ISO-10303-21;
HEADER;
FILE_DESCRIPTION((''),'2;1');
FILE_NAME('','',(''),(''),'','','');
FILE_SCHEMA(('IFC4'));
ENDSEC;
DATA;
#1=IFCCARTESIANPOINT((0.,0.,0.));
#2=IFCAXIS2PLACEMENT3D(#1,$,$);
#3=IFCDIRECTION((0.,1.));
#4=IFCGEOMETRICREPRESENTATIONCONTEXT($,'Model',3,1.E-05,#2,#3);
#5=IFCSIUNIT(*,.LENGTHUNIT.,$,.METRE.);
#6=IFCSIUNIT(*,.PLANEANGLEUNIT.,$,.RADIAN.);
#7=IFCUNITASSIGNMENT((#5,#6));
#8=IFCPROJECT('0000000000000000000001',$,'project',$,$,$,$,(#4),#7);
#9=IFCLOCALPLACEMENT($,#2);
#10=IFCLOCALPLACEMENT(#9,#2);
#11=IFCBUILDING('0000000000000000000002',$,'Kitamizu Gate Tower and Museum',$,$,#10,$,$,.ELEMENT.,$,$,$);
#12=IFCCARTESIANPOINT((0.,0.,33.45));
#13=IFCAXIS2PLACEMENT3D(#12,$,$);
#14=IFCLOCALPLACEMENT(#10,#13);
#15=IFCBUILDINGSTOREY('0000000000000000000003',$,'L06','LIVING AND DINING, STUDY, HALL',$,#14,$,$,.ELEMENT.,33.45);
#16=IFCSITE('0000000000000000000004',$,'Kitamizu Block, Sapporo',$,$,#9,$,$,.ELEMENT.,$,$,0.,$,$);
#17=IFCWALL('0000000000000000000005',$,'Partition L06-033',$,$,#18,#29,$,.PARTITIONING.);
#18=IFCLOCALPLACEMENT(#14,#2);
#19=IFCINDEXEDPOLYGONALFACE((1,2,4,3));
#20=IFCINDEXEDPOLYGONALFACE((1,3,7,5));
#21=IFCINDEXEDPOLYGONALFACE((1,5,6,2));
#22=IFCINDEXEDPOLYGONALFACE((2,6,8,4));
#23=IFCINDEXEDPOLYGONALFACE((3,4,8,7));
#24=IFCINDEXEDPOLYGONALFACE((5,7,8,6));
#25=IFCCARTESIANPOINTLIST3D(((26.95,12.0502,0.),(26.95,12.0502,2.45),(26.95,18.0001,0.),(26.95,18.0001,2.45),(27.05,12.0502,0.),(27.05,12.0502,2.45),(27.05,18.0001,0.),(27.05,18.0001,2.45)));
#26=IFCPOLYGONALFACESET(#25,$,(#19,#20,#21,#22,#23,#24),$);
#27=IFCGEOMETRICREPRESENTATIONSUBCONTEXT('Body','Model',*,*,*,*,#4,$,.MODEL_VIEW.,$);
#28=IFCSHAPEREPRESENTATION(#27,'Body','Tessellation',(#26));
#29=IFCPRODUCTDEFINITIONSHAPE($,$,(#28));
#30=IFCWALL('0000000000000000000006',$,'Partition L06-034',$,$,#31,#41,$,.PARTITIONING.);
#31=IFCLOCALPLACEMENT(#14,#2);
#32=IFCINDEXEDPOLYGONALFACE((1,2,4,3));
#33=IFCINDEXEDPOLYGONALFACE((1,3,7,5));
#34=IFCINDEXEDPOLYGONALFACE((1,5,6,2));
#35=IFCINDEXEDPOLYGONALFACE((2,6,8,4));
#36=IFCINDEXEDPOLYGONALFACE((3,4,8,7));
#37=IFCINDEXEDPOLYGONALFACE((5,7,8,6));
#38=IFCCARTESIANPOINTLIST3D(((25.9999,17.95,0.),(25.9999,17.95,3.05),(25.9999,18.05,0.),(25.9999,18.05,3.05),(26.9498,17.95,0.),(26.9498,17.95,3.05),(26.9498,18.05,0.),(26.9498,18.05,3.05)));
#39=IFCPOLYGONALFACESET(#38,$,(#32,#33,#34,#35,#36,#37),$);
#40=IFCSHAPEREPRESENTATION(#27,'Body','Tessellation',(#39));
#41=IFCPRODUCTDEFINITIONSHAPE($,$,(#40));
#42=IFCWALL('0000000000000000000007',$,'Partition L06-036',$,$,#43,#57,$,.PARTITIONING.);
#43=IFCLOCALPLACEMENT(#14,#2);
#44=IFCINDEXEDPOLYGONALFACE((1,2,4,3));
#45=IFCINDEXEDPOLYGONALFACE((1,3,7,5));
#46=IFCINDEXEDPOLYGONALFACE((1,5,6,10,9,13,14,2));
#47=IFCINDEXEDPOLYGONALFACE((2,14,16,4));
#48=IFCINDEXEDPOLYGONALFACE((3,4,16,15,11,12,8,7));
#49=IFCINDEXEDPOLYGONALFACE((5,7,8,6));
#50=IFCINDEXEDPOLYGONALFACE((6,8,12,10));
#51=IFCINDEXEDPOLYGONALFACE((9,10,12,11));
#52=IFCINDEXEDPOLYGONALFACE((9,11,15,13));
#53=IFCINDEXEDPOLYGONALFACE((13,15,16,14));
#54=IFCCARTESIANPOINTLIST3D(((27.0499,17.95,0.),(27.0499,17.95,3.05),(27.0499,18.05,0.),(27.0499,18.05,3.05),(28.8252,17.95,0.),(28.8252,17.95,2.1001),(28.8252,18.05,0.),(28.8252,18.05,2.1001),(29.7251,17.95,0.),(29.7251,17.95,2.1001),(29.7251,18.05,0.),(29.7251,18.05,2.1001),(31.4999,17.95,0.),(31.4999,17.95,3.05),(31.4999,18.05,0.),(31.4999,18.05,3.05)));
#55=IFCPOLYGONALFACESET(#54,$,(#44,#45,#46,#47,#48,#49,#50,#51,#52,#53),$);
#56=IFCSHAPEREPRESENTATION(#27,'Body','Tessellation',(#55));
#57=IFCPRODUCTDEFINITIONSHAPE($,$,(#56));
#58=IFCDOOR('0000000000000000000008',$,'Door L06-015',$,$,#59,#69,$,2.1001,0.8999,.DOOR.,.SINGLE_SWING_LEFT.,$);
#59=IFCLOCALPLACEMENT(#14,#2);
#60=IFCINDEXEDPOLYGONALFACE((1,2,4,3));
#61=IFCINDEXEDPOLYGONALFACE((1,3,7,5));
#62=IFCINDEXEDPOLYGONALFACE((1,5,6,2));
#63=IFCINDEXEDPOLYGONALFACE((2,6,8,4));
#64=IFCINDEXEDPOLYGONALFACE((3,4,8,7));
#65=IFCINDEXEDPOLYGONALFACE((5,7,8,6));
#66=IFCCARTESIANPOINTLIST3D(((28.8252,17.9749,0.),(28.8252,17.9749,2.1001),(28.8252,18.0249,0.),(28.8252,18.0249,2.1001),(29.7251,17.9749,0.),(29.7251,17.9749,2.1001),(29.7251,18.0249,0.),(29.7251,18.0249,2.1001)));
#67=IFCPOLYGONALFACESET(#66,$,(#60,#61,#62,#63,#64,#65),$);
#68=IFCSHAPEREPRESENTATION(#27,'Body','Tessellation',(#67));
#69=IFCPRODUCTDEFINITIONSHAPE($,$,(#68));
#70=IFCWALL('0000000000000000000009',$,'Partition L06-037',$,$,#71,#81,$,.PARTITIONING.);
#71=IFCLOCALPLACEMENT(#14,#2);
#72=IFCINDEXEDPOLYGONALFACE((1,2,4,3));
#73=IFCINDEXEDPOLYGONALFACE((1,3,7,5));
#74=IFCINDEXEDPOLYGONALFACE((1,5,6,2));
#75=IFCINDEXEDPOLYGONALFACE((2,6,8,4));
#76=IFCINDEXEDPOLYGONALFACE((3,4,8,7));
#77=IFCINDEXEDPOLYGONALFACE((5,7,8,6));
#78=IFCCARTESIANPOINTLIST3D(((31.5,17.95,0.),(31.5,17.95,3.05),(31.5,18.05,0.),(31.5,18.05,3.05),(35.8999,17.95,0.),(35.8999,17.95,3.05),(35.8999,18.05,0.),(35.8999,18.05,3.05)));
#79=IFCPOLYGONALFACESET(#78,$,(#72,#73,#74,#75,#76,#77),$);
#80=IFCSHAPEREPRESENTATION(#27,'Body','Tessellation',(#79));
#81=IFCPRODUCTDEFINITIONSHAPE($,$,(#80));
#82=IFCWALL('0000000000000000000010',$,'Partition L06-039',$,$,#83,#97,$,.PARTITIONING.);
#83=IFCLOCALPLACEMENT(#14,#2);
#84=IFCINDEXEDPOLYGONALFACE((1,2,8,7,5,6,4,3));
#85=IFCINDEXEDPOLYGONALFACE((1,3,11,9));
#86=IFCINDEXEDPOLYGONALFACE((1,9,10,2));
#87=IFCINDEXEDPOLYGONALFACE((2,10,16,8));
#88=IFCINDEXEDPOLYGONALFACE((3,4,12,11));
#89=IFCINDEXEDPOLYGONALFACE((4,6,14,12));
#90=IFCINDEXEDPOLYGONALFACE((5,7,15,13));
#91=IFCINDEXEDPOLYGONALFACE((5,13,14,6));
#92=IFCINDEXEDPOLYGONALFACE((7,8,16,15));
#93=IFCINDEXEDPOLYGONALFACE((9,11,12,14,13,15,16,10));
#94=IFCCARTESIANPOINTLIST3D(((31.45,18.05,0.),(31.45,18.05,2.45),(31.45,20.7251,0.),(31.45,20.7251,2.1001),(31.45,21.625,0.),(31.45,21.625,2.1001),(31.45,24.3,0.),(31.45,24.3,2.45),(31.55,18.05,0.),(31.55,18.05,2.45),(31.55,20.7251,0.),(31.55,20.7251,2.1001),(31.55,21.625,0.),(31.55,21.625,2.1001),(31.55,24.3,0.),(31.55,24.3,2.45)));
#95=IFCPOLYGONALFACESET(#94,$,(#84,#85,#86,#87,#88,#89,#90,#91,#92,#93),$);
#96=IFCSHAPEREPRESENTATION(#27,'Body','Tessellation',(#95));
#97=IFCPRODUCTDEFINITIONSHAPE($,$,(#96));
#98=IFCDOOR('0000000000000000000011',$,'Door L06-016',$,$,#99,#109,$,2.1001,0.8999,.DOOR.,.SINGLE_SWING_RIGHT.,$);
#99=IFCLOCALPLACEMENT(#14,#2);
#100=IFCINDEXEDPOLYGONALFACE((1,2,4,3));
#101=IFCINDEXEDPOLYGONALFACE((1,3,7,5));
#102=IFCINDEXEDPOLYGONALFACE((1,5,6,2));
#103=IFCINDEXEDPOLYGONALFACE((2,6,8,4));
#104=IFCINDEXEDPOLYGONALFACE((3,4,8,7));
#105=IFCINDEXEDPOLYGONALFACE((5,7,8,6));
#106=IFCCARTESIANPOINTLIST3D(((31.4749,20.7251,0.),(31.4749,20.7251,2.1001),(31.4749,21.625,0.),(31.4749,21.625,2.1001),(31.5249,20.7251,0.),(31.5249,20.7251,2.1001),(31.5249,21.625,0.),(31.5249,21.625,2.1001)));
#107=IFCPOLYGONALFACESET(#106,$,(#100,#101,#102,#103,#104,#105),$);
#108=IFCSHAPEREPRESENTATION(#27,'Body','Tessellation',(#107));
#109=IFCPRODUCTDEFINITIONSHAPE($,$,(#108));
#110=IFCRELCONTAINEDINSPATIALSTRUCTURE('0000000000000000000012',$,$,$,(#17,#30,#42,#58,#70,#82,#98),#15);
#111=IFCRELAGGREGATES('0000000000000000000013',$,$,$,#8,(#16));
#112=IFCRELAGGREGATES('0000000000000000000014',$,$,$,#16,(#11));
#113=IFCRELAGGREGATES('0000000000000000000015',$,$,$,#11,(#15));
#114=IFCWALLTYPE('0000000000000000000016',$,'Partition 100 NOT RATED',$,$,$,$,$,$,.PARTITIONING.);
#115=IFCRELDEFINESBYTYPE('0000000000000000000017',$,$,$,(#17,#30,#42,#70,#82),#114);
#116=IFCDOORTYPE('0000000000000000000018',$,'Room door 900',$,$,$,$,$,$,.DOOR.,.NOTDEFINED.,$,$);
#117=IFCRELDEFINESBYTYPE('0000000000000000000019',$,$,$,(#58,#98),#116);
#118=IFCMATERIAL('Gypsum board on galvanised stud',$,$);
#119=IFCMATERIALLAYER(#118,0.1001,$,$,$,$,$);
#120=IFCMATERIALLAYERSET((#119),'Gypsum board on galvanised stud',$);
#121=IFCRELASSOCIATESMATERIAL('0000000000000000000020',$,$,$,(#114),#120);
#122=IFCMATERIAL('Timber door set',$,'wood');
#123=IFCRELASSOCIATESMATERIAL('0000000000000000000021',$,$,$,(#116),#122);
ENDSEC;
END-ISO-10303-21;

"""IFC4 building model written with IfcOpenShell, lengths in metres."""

from ifc_helpers import new_model, si_unit, direction, frame, frame_2d, origin, place, context, subcontext, project, spatial, rectangle, extrude, material, layer, layer_set, type_object, element, fill, save


model = new_model("IFC4")

# Units and contexts
model_context = context("Model", 3, precision=1e-05, world=origin(), true_north=direction((0.0, 1.0)))
body_context = subcontext(model_context, "Body", "Model", "MODEL_VIEW")
ifc_project = project(units=[si_unit("LENGTHUNIT", "METRE"), si_unit("PLANEANGLEUNIT", "RADIAN")], contexts=[model_context])

# Site, building, storey
site_placement = place(None, origin())
site = spatial("IfcSite", under=ifc_project, at=site_placement, Name="Kitamizu Block, Sapporo", CompositionType="ELEMENT", RefElevation=0.0)
building_placement = place(site_placement, origin())
building = spatial("IfcBuilding", under=site, at=building_placement, Name="Kitamizu Gate Tower and Museum", CompositionType="ELEMENT")
storey_placement = place(building_placement, frame((0.0, 0.0, 33.45)))
storey = spatial("IfcBuildingStorey", under=building, at=storey_placement, Name="L06", Description="LIVING AND DINING, STUDY, HALL", CompositionType="ELEMENT", Elevation=33.45)

# Shared definitions
ifc_material_1 = material(Name="Gypsum board on galvanised stud")
ifc_layer = layer(ifc_material_1, 0.1001)
ifc_layer_set = layer_set([ifc_layer], Name="Gypsum board on galvanised stud")
wall_type = type_object("IfcWallType", Name="Partition 100 NOT RATED", PredefinedType="PARTITIONING", material=ifc_layer_set)

# Shared definitions
ifc_material_2 = material(Name="Timber door set", Category="wood")
door_type = type_object("IfcDoorType", Name="Room door 900", OperationType="NOTDEFINED", PredefinedType="DOOR", material=ifc_material_2)

# Walls
wall_1_placement = place(storey_placement, frame((27.0, 12.05, 0.0), z_axis=(0.0, 0.0, 1.0), x_axis=(0.0, 1.0, 0.0)))
element("IfcWall", 1, at=wall_1_placement, inside=storey, type_object=wall_type, Name="Partition L06-033", PredefinedType="PARTITIONING", context=body_context, shape_type="SweptSolid", body=[
    extrude(rectangle(XDim=5.95, YDim=0.1001, at=frame_2d((2.9751, 0.0))), origin(), (0.0, 0.0, 1.0), 2.45),
])
wall_2_placement = place(storey_placement, frame((26.95, 18.0, 0.0), z_axis=(0.0, 0.0, 1.0), x_axis=(-1.0, 0.0, 0.0)))
element("IfcWall", 2, at=wall_2_placement, inside=storey, type_object=wall_type, Name="Partition L06-034", PredefinedType="PARTITIONING", context=body_context, shape_type="SweptSolid", body=[
    extrude(rectangle(XDim=0.95, YDim=0.1001, at=frame_2d((0.4751, 0.0))), origin(), (0.0, 0.0, 1.0), 3.05),
])

# Wall, opening, door
wall_3_placement = place(storey_placement, frame((31.5, 18.0, 0.0), z_axis=(0.0, 0.0, 1.0), x_axis=(-1.0, 0.0, 0.0)))
wall_3 = element("IfcWall", 3, at=wall_3_placement, inside=storey, type_object=wall_type, Name="Partition L06-036", PredefinedType="PARTITIONING", context=body_context, shape_type="SweptSolid", body=[
    extrude(rectangle(XDim=4.45, YDim=0.1001, at=frame_2d((2.2251, 0.0))), origin(), (0.0, 0.0, 1.0), 3.05),
])
opening_1_placement = place(wall_3_placement, frame((1.7749, 0.0, 0.0)))
opening_1 = element("IfcOpeningElement", 4, at=opening_1_placement, cuts=wall_3, PredefinedType="OPENING", context=body_context, shape_type="SweptSolid", body=[
    extrude(rectangle(XDim=0.8999, YDim=2.1001, at=frame_2d((0.45, 1.05))), frame((0.0, 0.0601, 0.0), z_axis=(0.0, -1.0, 0.0), x_axis=(1.0, 0.0, 0.0)), (0.0, 0.0, 1.0), 0.1201),
])
door_1_placement = place(opening_1_placement, frame((0.8999, 0.0, 0.0), x_axis=(-1.0, 0.0, 0.0)))
door_1 = element("IfcDoor", 5, at=door_1_placement, inside=storey, type_object=door_type, Name="Door L06-015", OperationType="SINGLE_SWING_LEFT", OverallHeight=2.1001, OverallWidth=0.8999, PredefinedType="DOOR", context=body_context, shape_type="SweptSolid", body=[
    extrude(rectangle(XDim=0.8999, YDim=2.1001, at=frame_2d((0.45, 1.05))), frame((0.0, 0.0249, 0.0), z_axis=(0.0, -1.0, 0.0), x_axis=(1.0, 0.0, 0.0)), (0.0, 0.0, 1.0), 0.05),
])
fill(opening_1, door_1)

# Wall
wall_4_placement = place(storey_placement, frame((35.8999, 18.0, 0.0), z_axis=(0.0, 0.0, 1.0), x_axis=(-1.0, 0.0, 0.0)))
element("IfcWall", 6, at=wall_4_placement, inside=storey, type_object=wall_type, Name="Partition L06-037", PredefinedType="PARTITIONING", context=body_context, shape_type="SweptSolid", body=[
    extrude(rectangle(XDim=4.3999, YDim=0.1001, at=frame_2d((2.2, 0.0))), origin(), (0.0, 0.0, 1.0), 3.05),
])

# Wall, opening, door
wall_5_placement = place(storey_placement, frame((31.5, 18.05, 0.0), z_axis=(0.0, 0.0, 1.0), x_axis=(0.0, 1.0, 0.0)))
wall_5 = element("IfcWall", 7, at=wall_5_placement, inside=storey, type_object=wall_type, Name="Partition L06-039", PredefinedType="PARTITIONING", context=body_context, shape_type="SweptSolid", body=[
    extrude(rectangle(XDim=6.25, YDim=0.1001, at=frame_2d((3.125, 0.0))), origin(), (0.0, 0.0, 1.0), 2.45),
])
opening_2_placement = place(wall_5_placement, frame((2.675, 0.0, 0.0)))
opening_2 = element("IfcOpeningElement", 8, at=opening_2_placement, cuts=wall_5, PredefinedType="OPENING", context=body_context, shape_type="SweptSolid", body=[
    extrude(rectangle(XDim=0.8999, YDim=2.1001, at=frame_2d((0.45, 1.05))), frame((0.0, 0.0601, 0.0), z_axis=(0.0, -1.0, 0.0), x_axis=(1.0, 0.0, 0.0)), (0.0, 0.0, 1.0), 0.1201),
])
door_2_placement = place(opening_2_placement, frame((0.8999, 0.0, 0.0), x_axis=(-1.0, 0.0, 0.0)))
door_2 = element("IfcDoor", 9, at=door_2_placement, inside=storey, type_object=door_type, Name="Door L06-016", OperationType="SINGLE_SWING_RIGHT", OverallHeight=2.1001, OverallWidth=0.8999, PredefinedType="DOOR", context=body_context, shape_type="SweptSolid", body=[
    extrude(rectangle(XDim=0.8999, YDim=2.1001, at=frame_2d((0.45, 1.05))), frame((0.0, 0.0249, 0.0), z_axis=(0.0, -1.0, 0.0), x_axis=(1.0, 0.0, 0.0)), (0.0, 0.0, 1.0), 0.05),
])
fill(opening_2, door_2)

save(model, "model.ifc")
